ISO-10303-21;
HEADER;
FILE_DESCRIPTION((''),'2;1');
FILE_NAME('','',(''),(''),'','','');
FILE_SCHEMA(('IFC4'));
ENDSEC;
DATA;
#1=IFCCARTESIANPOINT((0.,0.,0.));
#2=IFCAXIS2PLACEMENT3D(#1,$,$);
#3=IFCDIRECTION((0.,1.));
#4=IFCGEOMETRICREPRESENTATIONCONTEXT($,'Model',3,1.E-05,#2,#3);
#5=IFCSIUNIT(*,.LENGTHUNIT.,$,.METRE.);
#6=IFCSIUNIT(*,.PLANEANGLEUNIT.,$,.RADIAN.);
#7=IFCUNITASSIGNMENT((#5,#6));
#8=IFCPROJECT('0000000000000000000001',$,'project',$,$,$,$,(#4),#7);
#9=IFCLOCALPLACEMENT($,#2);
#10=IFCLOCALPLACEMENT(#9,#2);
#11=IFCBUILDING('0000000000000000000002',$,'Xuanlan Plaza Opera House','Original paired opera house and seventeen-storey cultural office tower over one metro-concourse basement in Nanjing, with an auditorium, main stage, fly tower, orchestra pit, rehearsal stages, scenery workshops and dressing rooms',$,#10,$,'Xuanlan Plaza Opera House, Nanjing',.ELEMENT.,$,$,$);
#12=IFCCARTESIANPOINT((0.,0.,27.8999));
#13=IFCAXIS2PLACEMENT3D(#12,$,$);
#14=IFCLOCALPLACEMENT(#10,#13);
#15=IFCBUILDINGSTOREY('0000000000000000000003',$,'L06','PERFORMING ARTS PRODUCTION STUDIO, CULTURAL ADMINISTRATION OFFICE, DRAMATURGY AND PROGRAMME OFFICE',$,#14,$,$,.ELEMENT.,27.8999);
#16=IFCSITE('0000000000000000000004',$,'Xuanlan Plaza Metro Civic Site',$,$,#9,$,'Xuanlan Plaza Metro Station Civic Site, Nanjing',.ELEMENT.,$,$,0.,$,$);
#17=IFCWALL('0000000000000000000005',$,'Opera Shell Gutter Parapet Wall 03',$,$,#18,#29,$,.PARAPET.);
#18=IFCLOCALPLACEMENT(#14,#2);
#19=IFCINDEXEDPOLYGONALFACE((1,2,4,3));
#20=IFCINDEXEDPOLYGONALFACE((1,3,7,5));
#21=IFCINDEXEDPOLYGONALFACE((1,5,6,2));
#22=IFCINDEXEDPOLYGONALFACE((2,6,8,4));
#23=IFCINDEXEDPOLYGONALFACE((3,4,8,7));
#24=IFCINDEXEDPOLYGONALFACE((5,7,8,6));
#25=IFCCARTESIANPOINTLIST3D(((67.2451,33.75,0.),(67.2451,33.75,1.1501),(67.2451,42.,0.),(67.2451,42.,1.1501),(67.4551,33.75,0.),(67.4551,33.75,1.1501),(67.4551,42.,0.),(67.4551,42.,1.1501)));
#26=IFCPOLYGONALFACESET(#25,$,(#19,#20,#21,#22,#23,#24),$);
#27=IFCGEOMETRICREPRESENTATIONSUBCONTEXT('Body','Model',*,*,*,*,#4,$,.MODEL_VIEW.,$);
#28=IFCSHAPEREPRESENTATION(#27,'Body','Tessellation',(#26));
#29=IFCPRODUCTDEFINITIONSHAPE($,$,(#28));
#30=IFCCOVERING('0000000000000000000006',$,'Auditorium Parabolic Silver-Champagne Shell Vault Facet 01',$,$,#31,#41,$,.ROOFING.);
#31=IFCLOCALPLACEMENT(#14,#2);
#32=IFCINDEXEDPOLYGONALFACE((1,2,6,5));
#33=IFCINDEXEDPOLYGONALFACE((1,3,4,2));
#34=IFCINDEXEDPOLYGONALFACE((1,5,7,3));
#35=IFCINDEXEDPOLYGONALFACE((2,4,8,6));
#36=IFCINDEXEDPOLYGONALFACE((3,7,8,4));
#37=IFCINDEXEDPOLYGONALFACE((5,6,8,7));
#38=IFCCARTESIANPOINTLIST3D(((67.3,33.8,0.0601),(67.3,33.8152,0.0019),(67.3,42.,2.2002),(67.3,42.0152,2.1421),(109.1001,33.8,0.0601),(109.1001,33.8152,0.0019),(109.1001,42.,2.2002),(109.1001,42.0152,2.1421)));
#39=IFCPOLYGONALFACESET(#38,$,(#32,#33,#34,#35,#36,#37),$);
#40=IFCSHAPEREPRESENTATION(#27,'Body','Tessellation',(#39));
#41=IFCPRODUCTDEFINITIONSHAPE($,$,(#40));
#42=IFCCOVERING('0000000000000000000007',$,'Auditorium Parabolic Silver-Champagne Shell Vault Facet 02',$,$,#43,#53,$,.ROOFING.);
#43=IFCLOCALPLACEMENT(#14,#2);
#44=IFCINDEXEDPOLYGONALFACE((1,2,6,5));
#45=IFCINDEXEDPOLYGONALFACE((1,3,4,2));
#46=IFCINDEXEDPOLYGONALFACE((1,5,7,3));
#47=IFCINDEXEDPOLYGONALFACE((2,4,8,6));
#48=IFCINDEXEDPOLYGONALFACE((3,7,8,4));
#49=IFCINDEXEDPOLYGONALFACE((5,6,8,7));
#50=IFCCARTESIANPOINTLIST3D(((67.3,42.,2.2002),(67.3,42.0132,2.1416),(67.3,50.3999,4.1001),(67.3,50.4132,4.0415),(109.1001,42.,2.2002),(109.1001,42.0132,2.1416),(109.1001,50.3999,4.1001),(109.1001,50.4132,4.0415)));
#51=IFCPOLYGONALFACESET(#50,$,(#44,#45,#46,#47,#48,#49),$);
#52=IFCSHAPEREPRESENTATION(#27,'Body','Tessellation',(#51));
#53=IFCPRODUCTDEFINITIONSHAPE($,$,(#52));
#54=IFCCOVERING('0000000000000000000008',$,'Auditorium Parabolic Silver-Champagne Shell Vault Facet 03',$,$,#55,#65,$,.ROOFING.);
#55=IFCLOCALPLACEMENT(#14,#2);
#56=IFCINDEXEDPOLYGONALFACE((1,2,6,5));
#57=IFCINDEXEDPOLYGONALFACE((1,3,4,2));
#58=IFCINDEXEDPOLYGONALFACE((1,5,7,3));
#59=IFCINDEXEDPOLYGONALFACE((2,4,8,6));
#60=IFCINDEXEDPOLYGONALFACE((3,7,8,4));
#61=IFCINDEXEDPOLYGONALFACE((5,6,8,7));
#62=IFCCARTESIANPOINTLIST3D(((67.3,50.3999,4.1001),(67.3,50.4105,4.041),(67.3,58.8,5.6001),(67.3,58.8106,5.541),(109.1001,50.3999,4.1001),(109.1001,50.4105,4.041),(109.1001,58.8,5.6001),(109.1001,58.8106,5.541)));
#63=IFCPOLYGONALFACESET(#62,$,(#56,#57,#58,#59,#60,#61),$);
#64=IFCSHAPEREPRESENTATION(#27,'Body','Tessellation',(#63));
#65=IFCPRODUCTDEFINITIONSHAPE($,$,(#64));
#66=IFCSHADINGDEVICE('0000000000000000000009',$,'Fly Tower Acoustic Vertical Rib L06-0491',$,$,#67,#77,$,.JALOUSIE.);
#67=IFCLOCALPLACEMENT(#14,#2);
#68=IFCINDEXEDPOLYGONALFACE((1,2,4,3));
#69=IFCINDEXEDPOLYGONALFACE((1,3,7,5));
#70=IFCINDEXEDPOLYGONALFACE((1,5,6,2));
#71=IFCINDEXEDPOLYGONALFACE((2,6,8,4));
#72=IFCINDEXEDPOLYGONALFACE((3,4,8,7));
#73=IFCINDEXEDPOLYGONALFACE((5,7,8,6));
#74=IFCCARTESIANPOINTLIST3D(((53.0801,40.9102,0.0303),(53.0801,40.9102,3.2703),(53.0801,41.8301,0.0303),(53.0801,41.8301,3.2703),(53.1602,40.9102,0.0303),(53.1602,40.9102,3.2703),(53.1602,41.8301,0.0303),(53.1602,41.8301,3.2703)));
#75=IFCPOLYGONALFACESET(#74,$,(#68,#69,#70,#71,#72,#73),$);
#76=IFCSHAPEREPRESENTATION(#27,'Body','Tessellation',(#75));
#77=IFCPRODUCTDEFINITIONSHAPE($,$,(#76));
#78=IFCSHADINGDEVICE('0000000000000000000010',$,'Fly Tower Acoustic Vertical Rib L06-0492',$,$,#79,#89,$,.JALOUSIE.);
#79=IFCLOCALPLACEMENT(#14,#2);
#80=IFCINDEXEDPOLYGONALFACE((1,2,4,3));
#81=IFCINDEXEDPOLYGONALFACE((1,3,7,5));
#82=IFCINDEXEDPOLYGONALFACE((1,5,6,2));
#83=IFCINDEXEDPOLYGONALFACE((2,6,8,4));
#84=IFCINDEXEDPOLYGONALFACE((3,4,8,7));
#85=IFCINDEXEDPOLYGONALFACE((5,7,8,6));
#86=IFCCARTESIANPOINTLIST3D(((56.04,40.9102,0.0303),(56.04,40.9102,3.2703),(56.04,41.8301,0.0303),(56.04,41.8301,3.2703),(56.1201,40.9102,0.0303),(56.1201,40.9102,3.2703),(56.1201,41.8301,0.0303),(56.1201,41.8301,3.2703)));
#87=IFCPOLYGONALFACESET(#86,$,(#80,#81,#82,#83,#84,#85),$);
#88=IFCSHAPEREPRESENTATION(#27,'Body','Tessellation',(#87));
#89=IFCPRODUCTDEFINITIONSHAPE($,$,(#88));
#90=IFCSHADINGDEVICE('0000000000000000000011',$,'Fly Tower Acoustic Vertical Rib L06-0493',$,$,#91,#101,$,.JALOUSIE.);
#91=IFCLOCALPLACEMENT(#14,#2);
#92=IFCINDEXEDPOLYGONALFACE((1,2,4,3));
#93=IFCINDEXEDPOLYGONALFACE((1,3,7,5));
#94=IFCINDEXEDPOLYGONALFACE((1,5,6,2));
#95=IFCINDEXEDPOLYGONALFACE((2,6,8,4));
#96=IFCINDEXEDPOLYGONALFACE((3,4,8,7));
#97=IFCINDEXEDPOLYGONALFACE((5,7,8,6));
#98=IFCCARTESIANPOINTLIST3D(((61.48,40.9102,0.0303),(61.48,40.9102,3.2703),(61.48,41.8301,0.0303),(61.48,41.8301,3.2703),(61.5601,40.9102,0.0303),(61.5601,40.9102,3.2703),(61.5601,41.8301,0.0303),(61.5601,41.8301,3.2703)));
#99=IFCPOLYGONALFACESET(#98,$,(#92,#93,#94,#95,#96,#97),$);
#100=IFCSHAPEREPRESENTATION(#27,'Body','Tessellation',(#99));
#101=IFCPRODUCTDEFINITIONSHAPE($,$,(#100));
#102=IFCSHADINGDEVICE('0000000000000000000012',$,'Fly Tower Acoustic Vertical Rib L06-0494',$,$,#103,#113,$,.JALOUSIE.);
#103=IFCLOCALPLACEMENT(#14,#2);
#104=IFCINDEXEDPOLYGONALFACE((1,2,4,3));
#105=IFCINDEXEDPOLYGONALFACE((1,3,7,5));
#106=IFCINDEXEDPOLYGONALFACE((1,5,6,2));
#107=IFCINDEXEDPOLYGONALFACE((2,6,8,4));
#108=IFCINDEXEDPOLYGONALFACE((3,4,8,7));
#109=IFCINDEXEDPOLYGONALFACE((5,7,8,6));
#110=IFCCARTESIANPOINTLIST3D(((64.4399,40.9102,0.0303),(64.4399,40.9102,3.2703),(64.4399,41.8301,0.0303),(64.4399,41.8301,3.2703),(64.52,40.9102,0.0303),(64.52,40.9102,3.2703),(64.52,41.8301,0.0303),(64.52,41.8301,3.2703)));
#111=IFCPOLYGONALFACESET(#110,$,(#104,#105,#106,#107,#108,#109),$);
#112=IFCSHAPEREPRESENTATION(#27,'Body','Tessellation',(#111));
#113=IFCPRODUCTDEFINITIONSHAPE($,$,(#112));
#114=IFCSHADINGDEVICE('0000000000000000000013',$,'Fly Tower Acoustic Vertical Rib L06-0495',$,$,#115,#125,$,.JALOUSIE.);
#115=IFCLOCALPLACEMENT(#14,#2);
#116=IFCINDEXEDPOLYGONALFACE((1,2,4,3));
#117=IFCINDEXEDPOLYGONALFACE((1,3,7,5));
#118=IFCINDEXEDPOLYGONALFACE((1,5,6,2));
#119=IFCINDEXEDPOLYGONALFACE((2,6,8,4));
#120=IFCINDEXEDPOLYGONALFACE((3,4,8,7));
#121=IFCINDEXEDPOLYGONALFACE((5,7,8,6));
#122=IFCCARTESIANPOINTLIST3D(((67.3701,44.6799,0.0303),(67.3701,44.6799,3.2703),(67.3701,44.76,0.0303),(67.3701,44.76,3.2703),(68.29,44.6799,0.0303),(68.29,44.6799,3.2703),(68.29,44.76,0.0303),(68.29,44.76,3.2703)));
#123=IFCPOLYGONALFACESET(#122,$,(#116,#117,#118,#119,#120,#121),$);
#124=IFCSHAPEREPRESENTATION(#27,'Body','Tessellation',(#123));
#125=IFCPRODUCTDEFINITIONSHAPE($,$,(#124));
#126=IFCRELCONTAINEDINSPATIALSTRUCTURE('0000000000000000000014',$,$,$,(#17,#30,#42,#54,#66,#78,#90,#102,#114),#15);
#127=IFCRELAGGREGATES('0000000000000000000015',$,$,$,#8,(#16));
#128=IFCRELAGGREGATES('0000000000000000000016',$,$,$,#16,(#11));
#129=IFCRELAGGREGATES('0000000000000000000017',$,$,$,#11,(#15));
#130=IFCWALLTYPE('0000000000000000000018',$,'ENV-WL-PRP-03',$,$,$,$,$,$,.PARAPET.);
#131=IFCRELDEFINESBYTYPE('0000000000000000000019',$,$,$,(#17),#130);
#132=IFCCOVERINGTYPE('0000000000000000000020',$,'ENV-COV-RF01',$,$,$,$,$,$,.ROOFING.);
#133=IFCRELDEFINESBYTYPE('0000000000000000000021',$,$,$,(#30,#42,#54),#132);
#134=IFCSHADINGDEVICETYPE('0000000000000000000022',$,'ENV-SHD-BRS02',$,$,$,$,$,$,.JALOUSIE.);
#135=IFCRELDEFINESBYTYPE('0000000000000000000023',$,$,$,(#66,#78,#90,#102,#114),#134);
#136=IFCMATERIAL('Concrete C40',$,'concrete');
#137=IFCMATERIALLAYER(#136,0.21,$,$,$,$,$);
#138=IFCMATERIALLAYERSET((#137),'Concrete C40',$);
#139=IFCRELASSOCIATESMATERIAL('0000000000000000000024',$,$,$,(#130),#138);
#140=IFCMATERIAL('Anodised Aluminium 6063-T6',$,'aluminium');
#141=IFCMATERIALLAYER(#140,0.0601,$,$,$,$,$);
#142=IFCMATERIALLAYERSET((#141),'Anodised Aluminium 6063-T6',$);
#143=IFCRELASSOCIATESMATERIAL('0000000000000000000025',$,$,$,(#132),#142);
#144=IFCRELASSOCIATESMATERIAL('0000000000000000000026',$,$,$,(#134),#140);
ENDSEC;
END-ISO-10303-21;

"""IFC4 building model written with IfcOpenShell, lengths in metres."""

from ifc_helpers import new_model, si_unit, direction, frame, frame_2d, origin, origin_2d, place, context, subcontext, project, spatial, polyline, rectangle, outline, extrude, material, layer, layer_set, type_object, element, save


model = new_model("IFC4")

# Units and contexts
model_context = context("Model", 3, precision=1e-05, world=origin(), true_north=direction((0.0, 1.0)))
body_context = subcontext(model_context, "Body", "Model", "MODEL_VIEW")
ifc_project = project(units=[si_unit("LENGTHUNIT", "METRE"), si_unit("PLANEANGLEUNIT", "RADIAN")], contexts=[model_context])

# Site, building, storey
site_placement = place(None, origin())
site = spatial("IfcSite", under=ifc_project, at=site_placement, Name="Xuanlan Plaza Metro Civic Site", LongName="Xuanlan Plaza Metro Station Civic Site, Nanjing", CompositionType="ELEMENT", RefElevation=0.0)
building_placement = place(site_placement, origin())
building = spatial("IfcBuilding", under=site, at=building_placement, Name="Xuanlan Plaza Opera House", Description="Original paired opera house and seventeen-storey cultural office tower over one metro-concourse basement in Nanjing, with an auditorium, main stage, fly tower, orchestra pit, rehearsal stages, scenery workshops and dressing rooms", LongName="Xuanlan Plaza Opera House, Nanjing", CompositionType="ELEMENT")
storey_placement = place(building_placement, frame((0.0, 0.0, 27.8999)))
storey = spatial("IfcBuildingStorey", under=building, at=storey_placement, Name="L06", Description="PERFORMING ARTS PRODUCTION STUDIO, CULTURAL ADMINISTRATION OFFICE, DRAMATURGY AND PROGRAMME OFFICE", CompositionType="ELEMENT", Elevation=27.8999)

# Shared definitions
ifc_material_1 = material(Name="Concrete C40", Category="concrete")

# Wall
ifc_layer_1 = layer(ifc_material_1, 0.21)
ifc_layer_set_1 = layer_set([ifc_layer_1], Name="Concrete C40")
wall_type_1 = type_object("IfcWallType", Name="ENV-WL-PRP-03", PredefinedType="PARAPET", material=ifc_layer_set_1)
wall_1_placement = place(storey_placement, frame((67.3501, 33.75, 0.0), z_axis=(0.0, 0.0, 1.0), x_axis=(0.0, 1.0, 0.0)))
element("IfcWall", 1, at=wall_1_placement, inside=storey, type_object=wall_type_1, Name="Opera Shell Gutter Parapet Wall 03", PredefinedType="PARAPET", context=body_context, shape_type="SweptSolid", body=[
    extrude(rectangle(XDim=8.25, YDim=0.21, at=frame_2d((4.125, 0.0))), origin(), (0.0, 0.0, 1.0), 1.1501),
])

# Coverings
ifc_material_2 = material(Name="Anodised Aluminium 6063-T6", Category="aluminium")
ifc_layer_2 = layer(ifc_material_2, 0.0601)
ifc_layer_set_2 = layer_set([ifc_layer_2], Name="Anodised Aluminium 6063-T6")
covering_type = type_object("IfcCoveringType", Name="ENV-COV-RF01", PredefinedType="ROOFING", material=ifc_layer_set_2)
covering_1_placement = place(storey_placement, frame((67.3, 33.8, 0.0601), z_axis=(0.0, -0.252534, 0.967588), x_axis=(1.0, 0.0, 0.0)))
element("IfcCovering", 2, at=covering_1_placement, inside=storey, type_object=covering_type, Name="Auditorium Parabolic Silver-Champagne Shell Vault Facet 01", PredefinedType="ROOFING", context=body_context, shape_type="SweptSolid", body=[
    extrude(outline(polyline([(0.0, 0.0), (41.8, 0.0), (41.8, 8.4746), (0.0, 8.4746), (0.0, 0.0)])), origin(), (0.0, 0.0, -1.0), 0.0601),
])
covering_2_placement = place(storey_placement, frame((67.3, 42.0, 2.2002), z_axis=(0.0, -0.220609, 0.975362), x_axis=(1.0, 0.0, 0.0)))
element("IfcCovering", 3, at=covering_2_placement, inside=storey, type_object=covering_type, Name="Auditorium Parabolic Silver-Champagne Shell Vault Facet 02", PredefinedType="ROOFING", context=body_context, shape_type="SweptSolid", body=[
    extrude(outline(polyline([(0.0, 0.0), (41.8, 0.0), (41.8, 8.6121), (0.0, 8.6121), (0.0, 0.0)])), origin(), (0.0, 0.0, -1.0), 0.0601),
])
covering_3_placement = place(storey_placement, frame((67.3, 50.3999, 4.1001), z_axis=(0.0, -0.175788, 0.984428), x_axis=(1.0, 0.0, 0.0)))
element("IfcCovering", 4, at=covering_3_placement, inside=storey, type_object=covering_type, Name="Auditorium Parabolic Silver-Champagne Shell Vault Facet 03", PredefinedType="ROOFING", context=body_context, shape_type="SweptSolid", body=[
    extrude(outline(polyline([(0.0, 0.0), (41.8, 0.0), (41.8, 8.533), (0.0, 8.533), (0.0, 0.0)])), origin(), (0.0, 0.0, -1.0), 0.0601),
])

# Shading devices
shading_device_type = type_object("IfcShadingDeviceType", Name="ENV-SHD-BRS02", PredefinedType="JALOUSIE", material=ifc_material_2)
for number, where, z_axis, x_axis, name in (
    (5, (53.1201, 41.3701, 0.0303), (0.0, 0.0, 1.0), (0.0, -1.0, 0.0), "Fly Tower Acoustic Vertical Rib L06-0491"),
    (6, (56.0801, 41.3701, 0.0303), (0.0, 0.0, 1.0), (0.0, -1.0, 0.0), "Fly Tower Acoustic Vertical Rib L06-0492"),
    (7, (61.52, 41.3701, 0.0303), (0.0, 0.0, 1.0), (0.0, -1.0, 0.0), "Fly Tower Acoustic Vertical Rib L06-0493"),
    (8, (64.48, 41.3701, 0.0303), (0.0, 0.0, 1.0), (0.0, -1.0, 0.0), "Fly Tower Acoustic Vertical Rib L06-0494"),
    (9, (67.8301, 44.72, 0.0303), (0.0, 0.0, 1.0), (1.0, 0.0, 0.0), "Fly Tower Acoustic Vertical Rib L06-0495"),
):
    element("IfcShadingDevice", number, at=place(storey_placement, frame(where, z_axis=z_axis, x_axis=x_axis)), inside=storey, type_object=shading_device_type, Name=name, PredefinedType="JALOUSIE", context=body_context, shape_type="SweptSolid", body=[
        extrude(rectangle(XDim=0.9199, YDim=0.0801, at=origin_2d()), origin(), (0.0, 0.0, 1.0), 3.24),
    ])

save(model, "model.ifc")
